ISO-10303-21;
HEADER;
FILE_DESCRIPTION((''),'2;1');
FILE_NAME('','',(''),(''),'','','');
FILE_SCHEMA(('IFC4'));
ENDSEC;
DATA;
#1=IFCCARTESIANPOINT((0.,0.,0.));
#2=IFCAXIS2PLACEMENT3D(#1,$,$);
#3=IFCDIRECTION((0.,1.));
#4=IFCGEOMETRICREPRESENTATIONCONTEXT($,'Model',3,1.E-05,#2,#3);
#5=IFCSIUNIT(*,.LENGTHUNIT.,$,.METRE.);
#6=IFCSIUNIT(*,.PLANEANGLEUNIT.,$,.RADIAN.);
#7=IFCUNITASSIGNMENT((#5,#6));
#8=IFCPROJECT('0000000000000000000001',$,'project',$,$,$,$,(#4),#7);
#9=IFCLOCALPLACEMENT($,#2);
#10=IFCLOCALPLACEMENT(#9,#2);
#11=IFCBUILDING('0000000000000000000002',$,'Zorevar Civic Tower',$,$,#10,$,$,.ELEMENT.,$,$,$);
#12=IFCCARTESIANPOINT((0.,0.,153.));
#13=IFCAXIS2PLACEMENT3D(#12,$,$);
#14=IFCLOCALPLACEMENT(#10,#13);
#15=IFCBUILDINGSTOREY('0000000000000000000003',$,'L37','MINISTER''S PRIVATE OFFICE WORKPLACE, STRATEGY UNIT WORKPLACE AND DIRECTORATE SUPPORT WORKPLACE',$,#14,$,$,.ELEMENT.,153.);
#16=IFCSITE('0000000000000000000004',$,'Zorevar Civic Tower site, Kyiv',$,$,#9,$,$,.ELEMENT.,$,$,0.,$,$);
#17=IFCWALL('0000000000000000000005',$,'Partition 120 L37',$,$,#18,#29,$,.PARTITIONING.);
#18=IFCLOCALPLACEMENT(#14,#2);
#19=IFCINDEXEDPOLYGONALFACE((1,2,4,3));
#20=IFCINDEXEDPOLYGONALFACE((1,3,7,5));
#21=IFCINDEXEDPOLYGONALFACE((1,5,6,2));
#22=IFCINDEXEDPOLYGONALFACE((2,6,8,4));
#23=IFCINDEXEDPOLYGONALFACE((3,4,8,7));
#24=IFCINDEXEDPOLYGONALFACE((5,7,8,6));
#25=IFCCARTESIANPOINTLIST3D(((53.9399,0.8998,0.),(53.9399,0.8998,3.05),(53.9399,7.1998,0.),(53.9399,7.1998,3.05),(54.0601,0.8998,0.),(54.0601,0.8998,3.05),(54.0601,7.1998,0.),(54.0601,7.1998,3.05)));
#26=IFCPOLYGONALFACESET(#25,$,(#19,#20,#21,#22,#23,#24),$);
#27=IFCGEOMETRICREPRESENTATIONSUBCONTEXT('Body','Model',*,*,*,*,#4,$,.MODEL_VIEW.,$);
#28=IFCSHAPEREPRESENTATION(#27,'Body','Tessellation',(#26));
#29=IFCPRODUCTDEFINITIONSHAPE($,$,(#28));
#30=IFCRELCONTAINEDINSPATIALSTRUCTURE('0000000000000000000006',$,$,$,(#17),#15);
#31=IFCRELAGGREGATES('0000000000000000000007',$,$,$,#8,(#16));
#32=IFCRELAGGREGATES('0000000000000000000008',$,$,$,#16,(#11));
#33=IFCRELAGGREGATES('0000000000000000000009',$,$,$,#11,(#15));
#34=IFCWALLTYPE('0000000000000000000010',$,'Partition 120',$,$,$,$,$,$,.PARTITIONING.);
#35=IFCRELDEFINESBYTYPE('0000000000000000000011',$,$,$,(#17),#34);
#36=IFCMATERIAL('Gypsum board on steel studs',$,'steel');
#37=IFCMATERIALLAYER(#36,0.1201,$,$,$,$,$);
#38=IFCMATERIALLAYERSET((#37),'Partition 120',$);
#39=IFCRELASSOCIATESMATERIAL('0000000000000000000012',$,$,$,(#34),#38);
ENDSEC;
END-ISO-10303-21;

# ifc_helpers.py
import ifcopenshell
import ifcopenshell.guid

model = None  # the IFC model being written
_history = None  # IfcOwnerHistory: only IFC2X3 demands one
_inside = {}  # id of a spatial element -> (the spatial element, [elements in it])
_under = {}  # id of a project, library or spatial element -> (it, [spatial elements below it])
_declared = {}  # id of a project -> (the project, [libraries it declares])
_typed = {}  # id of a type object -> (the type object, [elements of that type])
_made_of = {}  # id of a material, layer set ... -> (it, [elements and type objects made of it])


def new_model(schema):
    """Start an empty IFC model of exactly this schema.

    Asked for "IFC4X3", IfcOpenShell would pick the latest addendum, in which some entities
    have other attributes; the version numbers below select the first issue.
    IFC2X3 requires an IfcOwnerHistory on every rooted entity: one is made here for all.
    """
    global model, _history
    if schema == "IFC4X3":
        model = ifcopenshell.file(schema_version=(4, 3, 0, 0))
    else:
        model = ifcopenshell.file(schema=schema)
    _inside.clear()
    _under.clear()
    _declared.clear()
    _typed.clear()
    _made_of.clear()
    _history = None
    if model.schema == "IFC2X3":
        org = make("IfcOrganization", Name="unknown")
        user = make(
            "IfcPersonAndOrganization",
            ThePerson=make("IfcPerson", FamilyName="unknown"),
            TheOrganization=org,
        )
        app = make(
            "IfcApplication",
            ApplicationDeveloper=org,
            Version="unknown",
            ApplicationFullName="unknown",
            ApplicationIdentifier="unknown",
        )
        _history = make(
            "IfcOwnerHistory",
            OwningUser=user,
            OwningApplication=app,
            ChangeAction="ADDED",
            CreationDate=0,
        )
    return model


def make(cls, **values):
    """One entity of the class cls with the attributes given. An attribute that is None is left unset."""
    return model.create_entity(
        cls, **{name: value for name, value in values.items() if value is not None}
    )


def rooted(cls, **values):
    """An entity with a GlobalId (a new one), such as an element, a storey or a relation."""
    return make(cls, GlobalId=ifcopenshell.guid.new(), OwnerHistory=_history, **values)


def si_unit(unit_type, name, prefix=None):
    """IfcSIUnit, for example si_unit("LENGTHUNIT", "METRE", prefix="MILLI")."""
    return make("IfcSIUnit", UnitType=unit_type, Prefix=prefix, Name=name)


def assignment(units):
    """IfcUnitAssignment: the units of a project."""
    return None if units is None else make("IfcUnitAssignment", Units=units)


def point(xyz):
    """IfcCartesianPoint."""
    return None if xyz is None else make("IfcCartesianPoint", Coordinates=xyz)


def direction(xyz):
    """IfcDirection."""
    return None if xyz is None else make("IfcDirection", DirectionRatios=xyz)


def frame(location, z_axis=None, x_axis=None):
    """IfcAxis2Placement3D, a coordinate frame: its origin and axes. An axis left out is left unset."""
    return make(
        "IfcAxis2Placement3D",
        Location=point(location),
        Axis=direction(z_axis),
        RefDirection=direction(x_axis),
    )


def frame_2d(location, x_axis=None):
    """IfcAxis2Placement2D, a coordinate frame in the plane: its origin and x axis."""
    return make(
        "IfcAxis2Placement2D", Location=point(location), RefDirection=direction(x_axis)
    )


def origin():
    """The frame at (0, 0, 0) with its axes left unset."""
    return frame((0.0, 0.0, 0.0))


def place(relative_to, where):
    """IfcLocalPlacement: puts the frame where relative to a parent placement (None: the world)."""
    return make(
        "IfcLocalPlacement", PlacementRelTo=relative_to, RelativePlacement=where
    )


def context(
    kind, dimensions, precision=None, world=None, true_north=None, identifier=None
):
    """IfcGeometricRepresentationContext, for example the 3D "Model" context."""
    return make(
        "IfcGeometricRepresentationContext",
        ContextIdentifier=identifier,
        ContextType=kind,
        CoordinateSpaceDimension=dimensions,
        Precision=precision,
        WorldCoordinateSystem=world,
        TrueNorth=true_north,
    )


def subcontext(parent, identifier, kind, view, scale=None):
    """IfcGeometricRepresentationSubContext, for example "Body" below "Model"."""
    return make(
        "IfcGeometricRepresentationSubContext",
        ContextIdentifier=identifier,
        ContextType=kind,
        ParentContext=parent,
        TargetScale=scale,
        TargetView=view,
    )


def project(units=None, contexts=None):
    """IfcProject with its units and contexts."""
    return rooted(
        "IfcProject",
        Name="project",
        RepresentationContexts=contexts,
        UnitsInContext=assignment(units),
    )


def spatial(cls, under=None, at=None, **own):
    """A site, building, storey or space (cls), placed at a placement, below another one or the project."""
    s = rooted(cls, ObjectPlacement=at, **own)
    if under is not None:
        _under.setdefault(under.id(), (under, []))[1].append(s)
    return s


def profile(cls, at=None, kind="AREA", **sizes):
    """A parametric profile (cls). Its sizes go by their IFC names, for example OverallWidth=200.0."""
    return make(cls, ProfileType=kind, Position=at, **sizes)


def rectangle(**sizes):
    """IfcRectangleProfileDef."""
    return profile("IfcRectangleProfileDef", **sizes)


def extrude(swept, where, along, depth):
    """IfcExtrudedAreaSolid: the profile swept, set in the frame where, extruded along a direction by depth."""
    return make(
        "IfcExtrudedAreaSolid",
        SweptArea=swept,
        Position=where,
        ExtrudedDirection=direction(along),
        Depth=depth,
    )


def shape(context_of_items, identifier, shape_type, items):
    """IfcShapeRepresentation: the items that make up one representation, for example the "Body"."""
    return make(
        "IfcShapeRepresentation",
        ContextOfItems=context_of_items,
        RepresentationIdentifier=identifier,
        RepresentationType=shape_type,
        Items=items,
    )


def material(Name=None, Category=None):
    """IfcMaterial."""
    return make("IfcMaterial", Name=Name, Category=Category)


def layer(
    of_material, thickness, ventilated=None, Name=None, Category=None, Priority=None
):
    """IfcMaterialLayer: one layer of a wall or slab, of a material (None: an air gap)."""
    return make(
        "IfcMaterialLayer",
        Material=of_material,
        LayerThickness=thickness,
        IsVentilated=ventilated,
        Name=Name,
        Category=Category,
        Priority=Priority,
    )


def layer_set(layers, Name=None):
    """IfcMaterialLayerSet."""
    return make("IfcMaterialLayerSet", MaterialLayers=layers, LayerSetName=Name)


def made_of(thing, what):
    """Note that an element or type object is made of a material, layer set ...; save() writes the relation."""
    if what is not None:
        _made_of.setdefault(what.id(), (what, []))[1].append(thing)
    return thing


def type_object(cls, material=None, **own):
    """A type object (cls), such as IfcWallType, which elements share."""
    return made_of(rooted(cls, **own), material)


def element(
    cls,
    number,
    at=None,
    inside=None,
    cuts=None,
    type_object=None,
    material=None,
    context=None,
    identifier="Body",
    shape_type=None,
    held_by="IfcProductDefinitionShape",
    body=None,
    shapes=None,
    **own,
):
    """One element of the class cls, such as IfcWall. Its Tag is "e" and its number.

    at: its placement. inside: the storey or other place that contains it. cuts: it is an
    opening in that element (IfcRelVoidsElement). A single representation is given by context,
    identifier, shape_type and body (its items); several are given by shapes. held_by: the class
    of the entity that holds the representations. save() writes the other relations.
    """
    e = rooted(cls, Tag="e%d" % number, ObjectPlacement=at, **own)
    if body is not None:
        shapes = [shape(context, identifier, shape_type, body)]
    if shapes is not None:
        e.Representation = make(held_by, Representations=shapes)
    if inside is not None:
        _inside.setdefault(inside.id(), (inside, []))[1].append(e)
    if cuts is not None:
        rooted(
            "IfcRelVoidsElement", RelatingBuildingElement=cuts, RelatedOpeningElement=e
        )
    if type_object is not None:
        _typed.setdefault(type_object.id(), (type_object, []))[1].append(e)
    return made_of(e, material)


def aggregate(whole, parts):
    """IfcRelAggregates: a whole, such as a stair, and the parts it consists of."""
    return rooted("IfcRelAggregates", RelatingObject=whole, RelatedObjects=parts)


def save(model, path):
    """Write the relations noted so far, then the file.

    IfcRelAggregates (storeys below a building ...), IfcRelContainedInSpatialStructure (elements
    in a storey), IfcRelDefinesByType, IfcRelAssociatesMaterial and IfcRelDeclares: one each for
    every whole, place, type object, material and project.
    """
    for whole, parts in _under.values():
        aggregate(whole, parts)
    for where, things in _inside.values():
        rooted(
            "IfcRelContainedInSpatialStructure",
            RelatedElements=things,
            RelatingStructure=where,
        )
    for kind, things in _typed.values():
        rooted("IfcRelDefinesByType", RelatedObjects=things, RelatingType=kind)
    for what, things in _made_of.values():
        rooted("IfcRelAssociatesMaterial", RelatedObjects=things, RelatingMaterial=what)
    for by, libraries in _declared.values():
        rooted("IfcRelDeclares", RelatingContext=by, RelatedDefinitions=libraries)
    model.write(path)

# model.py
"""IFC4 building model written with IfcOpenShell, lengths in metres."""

from ifc_helpers import new_model, si_unit, direction, frame, frame_2d, origin, place, context, subcontext, project, spatial, rectangle, extrude, material, layer, layer_set, type_object, element, save


model = new_model("IFC4")

# Units and contexts
model_context = context("Model", 3, precision=1e-05, world=origin(), true_north=direction((0.0, 1.0)))
body_context = subcontext(model_context, "Body", "Model", "MODEL_VIEW")
ifc_project = project(units=[si_unit("LENGTHUNIT", "METRE"), si_unit("PLANEANGLEUNIT", "RADIAN")], contexts=[model_context])

# Site, building, storey
site_placement = place(None, origin())
site = spatial("IfcSite", under=ifc_project, at=site_placement, Name="Zorevar Civic Tower site, Kyiv", CompositionType="ELEMENT", RefElevation=0.0)
building_placement = place(site_placement, origin())
building = spatial("IfcBuilding", under=site, at=building_placement, Name="Zorevar Civic Tower", CompositionType="ELEMENT")
storey_placement = place(building_placement, frame((0.0, 0.0, 153.0)))
storey = spatial("IfcBuildingStorey", under=building, at=storey_placement, Name="L37", Description="MINISTER'S PRIVATE OFFICE WORKPLACE, STRATEGY UNIT WORKPLACE AND DIRECTORATE SUPPORT WORKPLACE", CompositionType="ELEMENT", Elevation=153.0)

# Shared definitions
ifc_material_1 = material(Name="Gypsum board on steel studs", Category="steel")
ifc_layer_1 = layer(ifc_material_1, 0.1201)
ifc_layer_set_1 = layer_set([ifc_layer_1], Name="Partition 120")
wall_type = type_object("IfcWallType", Name="Partition 120", PredefinedType="PARTITIONING", material=ifc_layer_set_1)

# Wall
wall_1_placement = place(storey_placement, frame((54.0, 0.8999, 0.0), z_axis=(0.0, 0.0, 1.0), x_axis=(0.0, 1.0, 0.0)))
element("IfcWall", 1, at=wall_1_placement, inside=storey, type_object=wall_type, Name="Partition 120 L37", PredefinedType="PARTITIONING", context=body_context, shape_type="SweptSolid", body=[
    extrude(rectangle(XDim=6.3, YDim=0.1201, at=frame_2d((3.1499, 0.0))), origin(), (0.0, 0.0, 1.0), 3.05),
])

save(model, "model.ifc")
